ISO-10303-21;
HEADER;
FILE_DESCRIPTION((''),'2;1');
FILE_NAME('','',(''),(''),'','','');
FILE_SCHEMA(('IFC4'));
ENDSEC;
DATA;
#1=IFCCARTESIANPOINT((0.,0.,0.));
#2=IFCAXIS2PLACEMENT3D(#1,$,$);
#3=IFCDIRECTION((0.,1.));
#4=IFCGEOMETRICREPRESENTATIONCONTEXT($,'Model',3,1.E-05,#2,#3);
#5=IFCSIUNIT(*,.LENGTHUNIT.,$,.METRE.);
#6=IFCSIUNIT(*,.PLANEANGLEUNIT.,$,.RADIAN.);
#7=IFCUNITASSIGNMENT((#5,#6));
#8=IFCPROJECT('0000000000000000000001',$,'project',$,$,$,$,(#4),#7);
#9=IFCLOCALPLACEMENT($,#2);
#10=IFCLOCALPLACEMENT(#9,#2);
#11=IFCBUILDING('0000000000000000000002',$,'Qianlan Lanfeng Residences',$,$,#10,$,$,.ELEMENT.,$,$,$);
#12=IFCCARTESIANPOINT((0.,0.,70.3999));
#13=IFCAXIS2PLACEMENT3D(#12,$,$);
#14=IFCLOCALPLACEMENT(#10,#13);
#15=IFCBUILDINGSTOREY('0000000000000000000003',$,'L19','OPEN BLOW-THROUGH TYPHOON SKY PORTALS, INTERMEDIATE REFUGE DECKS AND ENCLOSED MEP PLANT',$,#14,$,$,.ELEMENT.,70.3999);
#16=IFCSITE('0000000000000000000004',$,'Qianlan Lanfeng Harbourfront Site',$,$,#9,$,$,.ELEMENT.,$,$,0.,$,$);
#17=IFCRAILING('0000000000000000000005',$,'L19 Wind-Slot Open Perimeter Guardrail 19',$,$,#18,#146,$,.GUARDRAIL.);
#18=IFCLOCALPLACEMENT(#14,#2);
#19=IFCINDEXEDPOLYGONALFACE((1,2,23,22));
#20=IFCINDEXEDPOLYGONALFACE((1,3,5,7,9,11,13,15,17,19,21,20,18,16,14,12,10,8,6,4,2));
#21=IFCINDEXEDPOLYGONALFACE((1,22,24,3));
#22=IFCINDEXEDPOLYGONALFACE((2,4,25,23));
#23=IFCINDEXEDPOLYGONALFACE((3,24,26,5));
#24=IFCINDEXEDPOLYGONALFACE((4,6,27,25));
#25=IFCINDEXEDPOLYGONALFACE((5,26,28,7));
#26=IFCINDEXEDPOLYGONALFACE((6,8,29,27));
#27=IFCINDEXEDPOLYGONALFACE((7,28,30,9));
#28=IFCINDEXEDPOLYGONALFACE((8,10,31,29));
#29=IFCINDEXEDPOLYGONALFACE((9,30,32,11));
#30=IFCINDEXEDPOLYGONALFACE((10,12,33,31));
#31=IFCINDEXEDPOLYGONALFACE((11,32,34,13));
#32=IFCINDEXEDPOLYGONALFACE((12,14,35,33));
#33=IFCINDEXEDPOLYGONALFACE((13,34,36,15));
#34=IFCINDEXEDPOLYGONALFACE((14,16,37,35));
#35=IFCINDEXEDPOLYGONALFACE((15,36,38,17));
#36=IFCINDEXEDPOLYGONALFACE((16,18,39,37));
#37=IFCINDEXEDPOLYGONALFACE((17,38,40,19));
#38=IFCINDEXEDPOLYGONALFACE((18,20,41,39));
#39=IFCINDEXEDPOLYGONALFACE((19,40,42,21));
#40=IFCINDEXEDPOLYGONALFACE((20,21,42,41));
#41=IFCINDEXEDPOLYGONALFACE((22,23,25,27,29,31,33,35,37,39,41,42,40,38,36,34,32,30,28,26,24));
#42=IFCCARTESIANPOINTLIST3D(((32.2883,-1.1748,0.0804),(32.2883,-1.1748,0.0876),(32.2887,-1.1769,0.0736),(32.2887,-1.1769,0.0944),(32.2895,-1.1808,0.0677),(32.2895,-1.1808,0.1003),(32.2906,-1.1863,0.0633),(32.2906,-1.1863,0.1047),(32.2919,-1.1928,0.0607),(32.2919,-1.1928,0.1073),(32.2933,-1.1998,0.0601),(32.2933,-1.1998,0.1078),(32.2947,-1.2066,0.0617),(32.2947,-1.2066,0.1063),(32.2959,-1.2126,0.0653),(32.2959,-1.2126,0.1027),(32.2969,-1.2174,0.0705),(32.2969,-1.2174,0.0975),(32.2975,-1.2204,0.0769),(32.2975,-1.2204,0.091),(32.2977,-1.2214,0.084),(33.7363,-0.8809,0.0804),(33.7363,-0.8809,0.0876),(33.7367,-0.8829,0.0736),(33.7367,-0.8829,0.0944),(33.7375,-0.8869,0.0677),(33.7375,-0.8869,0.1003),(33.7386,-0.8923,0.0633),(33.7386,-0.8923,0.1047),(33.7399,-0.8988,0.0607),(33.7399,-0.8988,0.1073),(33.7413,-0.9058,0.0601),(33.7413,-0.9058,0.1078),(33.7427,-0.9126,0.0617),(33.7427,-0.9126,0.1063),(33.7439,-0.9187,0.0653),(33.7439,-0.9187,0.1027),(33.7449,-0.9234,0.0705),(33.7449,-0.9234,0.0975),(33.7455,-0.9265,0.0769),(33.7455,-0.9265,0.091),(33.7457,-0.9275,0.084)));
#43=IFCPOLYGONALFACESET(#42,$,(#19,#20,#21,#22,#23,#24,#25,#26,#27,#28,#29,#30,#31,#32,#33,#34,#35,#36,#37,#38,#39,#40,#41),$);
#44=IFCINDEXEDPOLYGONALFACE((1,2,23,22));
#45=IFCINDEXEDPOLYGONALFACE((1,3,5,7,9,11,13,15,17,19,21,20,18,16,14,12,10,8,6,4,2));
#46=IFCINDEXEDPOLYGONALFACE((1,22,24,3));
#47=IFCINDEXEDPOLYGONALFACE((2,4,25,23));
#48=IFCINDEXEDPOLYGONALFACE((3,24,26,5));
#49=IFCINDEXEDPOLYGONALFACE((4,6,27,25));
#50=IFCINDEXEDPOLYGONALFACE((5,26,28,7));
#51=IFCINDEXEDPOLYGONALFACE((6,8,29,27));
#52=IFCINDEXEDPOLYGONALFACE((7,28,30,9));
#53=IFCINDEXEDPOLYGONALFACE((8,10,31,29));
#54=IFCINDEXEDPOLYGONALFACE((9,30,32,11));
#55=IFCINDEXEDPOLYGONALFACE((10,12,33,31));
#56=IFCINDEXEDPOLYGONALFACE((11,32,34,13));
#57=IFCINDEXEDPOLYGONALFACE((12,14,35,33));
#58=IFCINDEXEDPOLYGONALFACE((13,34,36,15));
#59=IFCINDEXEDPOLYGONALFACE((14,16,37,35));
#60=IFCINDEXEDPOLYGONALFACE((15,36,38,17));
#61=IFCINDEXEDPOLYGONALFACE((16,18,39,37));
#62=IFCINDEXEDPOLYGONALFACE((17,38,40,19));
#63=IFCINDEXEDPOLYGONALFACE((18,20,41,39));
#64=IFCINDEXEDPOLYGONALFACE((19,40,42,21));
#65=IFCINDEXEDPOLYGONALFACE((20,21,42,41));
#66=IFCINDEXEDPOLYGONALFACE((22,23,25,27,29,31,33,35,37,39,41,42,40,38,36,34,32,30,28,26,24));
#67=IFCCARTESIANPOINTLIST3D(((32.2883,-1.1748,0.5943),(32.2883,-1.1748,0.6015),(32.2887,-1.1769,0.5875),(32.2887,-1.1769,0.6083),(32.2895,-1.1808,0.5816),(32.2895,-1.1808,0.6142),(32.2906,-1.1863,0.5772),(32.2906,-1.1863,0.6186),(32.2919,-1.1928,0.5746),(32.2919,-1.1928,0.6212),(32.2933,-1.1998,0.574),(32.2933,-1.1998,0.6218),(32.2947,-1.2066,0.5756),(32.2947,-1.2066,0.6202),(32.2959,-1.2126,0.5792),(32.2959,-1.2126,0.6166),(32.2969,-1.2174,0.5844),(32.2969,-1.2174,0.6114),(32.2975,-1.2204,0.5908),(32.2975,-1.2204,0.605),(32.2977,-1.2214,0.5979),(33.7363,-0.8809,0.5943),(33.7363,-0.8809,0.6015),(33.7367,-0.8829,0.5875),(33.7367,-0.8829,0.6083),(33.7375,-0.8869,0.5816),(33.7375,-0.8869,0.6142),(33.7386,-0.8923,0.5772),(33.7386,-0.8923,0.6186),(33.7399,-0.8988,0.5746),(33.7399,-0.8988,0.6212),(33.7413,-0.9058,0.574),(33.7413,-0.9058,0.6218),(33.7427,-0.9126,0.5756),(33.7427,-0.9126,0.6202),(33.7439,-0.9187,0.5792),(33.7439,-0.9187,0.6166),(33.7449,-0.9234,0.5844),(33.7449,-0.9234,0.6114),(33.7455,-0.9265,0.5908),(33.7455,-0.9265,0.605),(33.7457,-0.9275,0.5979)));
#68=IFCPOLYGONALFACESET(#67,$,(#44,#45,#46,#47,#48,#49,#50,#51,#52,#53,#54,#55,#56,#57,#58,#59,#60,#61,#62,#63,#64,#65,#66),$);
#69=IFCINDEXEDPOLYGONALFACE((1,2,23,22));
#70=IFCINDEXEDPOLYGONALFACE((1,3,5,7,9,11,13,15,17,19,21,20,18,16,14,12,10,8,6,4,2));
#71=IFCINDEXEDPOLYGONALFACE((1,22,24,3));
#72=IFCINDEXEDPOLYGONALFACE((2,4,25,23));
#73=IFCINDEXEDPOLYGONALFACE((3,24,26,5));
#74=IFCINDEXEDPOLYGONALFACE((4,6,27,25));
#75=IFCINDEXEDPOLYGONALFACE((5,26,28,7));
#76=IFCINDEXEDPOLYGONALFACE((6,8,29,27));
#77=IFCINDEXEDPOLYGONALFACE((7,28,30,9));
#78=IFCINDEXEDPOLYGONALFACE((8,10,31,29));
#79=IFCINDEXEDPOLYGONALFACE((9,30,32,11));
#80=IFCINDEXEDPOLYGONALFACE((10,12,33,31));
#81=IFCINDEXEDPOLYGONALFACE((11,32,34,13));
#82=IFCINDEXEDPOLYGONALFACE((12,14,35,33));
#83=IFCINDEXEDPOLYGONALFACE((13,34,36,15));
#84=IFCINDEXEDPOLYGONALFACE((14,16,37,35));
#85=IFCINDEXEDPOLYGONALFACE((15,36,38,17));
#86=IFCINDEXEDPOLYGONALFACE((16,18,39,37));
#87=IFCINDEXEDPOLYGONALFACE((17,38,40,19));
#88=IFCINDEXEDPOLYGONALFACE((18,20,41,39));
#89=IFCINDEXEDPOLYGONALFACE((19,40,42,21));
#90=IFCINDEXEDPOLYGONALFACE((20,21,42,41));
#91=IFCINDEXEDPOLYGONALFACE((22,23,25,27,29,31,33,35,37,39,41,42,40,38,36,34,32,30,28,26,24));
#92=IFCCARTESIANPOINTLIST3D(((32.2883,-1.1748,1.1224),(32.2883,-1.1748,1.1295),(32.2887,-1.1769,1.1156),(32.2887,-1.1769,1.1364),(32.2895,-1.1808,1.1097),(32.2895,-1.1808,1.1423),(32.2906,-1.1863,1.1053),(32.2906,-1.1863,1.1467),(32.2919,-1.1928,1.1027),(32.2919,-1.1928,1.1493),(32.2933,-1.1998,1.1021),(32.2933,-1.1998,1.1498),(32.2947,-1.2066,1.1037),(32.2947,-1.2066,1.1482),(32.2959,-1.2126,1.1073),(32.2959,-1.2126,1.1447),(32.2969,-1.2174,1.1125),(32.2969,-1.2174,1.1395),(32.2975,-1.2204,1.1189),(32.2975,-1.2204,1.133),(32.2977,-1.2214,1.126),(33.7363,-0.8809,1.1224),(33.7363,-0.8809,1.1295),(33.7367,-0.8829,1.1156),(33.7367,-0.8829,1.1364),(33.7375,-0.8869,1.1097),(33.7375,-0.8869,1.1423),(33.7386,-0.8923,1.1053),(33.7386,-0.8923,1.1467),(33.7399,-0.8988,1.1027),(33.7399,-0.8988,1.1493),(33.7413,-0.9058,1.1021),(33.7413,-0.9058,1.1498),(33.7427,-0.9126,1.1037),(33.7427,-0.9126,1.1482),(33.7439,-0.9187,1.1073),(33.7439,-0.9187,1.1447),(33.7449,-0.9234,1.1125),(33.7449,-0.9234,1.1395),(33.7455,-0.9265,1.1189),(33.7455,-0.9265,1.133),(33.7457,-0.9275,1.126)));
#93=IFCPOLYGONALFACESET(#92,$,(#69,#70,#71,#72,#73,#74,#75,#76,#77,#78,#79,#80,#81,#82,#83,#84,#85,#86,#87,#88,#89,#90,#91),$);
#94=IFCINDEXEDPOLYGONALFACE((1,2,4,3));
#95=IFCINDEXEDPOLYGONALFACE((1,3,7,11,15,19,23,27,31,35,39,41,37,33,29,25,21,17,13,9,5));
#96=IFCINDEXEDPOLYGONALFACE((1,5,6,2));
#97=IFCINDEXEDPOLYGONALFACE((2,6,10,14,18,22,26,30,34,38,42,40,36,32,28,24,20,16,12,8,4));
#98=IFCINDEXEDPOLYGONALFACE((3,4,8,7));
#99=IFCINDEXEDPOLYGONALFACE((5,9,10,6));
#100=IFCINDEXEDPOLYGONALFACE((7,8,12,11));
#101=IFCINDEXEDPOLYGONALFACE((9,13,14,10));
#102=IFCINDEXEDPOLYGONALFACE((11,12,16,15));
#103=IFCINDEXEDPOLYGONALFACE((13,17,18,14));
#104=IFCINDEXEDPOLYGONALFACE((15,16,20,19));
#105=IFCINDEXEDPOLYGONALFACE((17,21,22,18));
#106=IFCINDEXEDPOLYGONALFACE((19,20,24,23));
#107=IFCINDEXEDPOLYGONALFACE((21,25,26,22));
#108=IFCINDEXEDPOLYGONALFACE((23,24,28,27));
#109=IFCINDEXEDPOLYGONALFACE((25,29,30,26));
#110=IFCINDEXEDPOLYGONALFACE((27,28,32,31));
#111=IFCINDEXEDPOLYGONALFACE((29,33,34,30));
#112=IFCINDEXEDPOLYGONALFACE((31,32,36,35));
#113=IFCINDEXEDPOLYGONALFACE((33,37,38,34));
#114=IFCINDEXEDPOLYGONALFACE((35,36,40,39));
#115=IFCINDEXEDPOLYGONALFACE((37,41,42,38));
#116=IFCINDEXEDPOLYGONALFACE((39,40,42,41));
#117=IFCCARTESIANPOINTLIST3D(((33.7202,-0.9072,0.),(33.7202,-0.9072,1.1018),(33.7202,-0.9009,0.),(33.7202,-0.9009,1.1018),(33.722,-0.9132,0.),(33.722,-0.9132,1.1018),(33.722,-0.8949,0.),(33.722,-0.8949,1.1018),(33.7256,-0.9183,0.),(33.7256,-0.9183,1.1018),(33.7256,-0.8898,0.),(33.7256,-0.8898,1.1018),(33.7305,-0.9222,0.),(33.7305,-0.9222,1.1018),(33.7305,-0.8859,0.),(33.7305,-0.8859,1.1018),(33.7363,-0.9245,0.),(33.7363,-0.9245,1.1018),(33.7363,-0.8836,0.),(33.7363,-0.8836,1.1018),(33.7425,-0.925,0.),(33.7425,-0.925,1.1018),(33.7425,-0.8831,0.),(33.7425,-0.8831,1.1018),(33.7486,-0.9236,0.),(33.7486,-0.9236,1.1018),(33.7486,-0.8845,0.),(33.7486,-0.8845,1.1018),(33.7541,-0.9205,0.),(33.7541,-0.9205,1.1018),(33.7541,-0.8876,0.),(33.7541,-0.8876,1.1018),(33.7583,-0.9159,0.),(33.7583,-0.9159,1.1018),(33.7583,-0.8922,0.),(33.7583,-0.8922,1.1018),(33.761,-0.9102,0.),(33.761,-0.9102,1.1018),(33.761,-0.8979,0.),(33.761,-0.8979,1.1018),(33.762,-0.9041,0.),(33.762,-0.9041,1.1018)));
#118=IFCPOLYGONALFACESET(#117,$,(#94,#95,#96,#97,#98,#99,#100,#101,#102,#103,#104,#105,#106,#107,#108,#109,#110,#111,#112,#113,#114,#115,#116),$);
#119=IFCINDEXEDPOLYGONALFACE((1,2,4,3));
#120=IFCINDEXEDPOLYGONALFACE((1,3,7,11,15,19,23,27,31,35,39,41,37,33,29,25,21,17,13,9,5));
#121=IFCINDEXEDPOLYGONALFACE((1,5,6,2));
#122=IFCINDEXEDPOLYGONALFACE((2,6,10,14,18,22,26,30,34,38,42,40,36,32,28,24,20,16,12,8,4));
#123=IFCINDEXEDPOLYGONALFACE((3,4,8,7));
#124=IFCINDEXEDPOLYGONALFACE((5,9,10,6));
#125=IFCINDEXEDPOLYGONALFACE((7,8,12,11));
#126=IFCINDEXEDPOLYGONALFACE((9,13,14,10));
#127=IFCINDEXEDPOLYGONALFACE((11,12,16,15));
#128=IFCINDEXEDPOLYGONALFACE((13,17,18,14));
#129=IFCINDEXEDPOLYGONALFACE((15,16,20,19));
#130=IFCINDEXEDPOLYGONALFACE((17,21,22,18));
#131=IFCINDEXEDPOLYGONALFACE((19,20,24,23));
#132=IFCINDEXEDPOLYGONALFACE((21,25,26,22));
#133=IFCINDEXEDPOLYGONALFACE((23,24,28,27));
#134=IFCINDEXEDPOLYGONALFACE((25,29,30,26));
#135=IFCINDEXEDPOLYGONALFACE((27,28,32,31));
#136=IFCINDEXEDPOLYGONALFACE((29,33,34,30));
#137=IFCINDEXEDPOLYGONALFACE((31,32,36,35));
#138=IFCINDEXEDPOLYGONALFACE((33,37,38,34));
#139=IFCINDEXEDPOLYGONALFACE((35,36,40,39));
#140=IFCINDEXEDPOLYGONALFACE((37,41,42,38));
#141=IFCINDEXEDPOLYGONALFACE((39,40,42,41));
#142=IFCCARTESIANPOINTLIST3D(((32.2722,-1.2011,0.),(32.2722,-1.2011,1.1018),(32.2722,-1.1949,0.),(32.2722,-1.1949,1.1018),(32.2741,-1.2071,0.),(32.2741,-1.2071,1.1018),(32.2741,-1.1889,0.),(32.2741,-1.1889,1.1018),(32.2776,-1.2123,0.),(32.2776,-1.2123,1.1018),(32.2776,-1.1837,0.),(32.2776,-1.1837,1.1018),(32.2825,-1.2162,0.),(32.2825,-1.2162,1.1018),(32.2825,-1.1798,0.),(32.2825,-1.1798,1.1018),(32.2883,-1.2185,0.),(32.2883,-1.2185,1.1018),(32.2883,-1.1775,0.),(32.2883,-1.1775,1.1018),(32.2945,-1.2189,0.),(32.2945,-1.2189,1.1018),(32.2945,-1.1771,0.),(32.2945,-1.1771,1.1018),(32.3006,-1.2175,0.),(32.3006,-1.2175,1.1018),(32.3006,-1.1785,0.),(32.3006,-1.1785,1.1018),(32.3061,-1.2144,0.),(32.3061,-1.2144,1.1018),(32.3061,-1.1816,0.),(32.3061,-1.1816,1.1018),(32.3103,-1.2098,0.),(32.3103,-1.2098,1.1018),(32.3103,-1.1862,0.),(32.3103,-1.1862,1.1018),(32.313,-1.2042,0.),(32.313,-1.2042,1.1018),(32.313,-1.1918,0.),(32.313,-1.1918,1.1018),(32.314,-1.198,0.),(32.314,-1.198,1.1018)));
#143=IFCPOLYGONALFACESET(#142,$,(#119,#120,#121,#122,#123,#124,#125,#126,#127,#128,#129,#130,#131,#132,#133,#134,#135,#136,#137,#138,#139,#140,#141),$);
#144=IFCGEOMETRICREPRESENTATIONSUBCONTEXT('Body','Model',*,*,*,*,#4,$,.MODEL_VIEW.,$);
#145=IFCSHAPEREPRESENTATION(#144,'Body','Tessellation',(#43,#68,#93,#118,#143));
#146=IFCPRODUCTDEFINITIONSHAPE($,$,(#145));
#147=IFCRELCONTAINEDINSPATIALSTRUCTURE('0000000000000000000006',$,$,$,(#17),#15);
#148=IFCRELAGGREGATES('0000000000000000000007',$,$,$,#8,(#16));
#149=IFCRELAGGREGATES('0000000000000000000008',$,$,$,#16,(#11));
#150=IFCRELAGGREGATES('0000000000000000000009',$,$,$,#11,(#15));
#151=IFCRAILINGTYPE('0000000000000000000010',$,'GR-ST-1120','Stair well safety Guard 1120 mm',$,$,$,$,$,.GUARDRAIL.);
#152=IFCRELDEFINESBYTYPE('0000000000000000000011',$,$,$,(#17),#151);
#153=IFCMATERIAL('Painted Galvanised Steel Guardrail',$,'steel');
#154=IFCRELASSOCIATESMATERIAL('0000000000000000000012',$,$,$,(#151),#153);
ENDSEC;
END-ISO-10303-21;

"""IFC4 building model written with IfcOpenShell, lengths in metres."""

from ifc_helpers import new_model, si_unit, direction, frame, origin, origin_2d, place, context, subcontext, project, spatial, circle, extrude, material, type_object, element, save


model = new_model("IFC4")

# Units and contexts
model_context = context("Model", 3, precision=1e-05, world=origin(), true_north=direction((0.0, 1.0)))
body_context = subcontext(model_context, "Body", "Model", "MODEL_VIEW")
ifc_project = project(units=[si_unit("LENGTHUNIT", "METRE"), si_unit("PLANEANGLEUNIT", "RADIAN")], contexts=[model_context])

# Site, building, storey
site_placement = place(None, origin())
site = spatial("IfcSite", under=ifc_project, at=site_placement, Name="Qianlan Lanfeng Harbourfront Site", CompositionType="ELEMENT", RefElevation=0.0)
building_placement = place(site_placement, origin())
building = spatial("IfcBuilding", under=site, at=building_placement, Name="Qianlan Lanfeng Residences", CompositionType="ELEMENT")
storey_placement = place(building_placement, frame((0.0, 0.0, 70.3999)))
storey = spatial("IfcBuildingStorey", under=building, at=storey_placement, Name="L19", Description="OPEN BLOW-THROUGH TYPHOON SKY PORTALS, INTERMEDIATE REFUGE DECKS AND ENCLOSED MEP PLANT", CompositionType="ELEMENT", Elevation=70.3999)

# Railing
ifc_material_1 = material(Name="Painted Galvanised Steel Guardrail", Category="steel")
railing_type = type_object("IfcRailingType", Name="GR-ST-1120", Description="Stair well safety Guard 1120 mm", PredefinedType="GUARDRAIL", material=ifc_material_1)
railing_1_placement = place(storey_placement, frame((33.741, -0.9041, 0.0)))
element("IfcRailing", 1, at=railing_1_placement, inside=storey, type_object=railing_type, Name="L19 Wind-Slot Open Perimeter Guardrail 19", PredefinedType="GUARDRAIL", context=body_context, shape_type="SweptSolid", body=[
    extrude(circle(Radius=0.0239, at=origin_2d()), frame((0.0, 0.0, 0.084), z_axis=(-0.980011, -0.198943, 0.0), x_axis=(0.198943, -0.980011, 0.0)), (0.0, 0.0, 1.0), 1.4775),
    extrude(circle(Radius=0.0239, at=origin_2d()), frame((0.0, 0.0, 0.5979), z_axis=(-0.980011, -0.198943, 0.0), x_axis=(0.198943, -0.980011, 0.0)), (0.0, 0.0, 1.0), 1.4775),
    extrude(circle(Radius=0.0239, at=origin_2d()), frame((0.0, 0.0, 1.126), z_axis=(-0.980011, -0.198943, 0.0), x_axis=(0.198943, -0.980011, 0.0)), (0.0, 0.0, 1.0), 1.4775),
    extrude(circle(Radius=0.021, at=origin_2d()), origin(), (0.0, 0.0, 1.0), 1.1018),
    extrude(circle(Radius=0.021, at=origin_2d()), frame((-1.448, -0.2939, 0.0)), (0.0, 0.0, 1.0), 1.1018),
])

save(model, "model.ifc")
